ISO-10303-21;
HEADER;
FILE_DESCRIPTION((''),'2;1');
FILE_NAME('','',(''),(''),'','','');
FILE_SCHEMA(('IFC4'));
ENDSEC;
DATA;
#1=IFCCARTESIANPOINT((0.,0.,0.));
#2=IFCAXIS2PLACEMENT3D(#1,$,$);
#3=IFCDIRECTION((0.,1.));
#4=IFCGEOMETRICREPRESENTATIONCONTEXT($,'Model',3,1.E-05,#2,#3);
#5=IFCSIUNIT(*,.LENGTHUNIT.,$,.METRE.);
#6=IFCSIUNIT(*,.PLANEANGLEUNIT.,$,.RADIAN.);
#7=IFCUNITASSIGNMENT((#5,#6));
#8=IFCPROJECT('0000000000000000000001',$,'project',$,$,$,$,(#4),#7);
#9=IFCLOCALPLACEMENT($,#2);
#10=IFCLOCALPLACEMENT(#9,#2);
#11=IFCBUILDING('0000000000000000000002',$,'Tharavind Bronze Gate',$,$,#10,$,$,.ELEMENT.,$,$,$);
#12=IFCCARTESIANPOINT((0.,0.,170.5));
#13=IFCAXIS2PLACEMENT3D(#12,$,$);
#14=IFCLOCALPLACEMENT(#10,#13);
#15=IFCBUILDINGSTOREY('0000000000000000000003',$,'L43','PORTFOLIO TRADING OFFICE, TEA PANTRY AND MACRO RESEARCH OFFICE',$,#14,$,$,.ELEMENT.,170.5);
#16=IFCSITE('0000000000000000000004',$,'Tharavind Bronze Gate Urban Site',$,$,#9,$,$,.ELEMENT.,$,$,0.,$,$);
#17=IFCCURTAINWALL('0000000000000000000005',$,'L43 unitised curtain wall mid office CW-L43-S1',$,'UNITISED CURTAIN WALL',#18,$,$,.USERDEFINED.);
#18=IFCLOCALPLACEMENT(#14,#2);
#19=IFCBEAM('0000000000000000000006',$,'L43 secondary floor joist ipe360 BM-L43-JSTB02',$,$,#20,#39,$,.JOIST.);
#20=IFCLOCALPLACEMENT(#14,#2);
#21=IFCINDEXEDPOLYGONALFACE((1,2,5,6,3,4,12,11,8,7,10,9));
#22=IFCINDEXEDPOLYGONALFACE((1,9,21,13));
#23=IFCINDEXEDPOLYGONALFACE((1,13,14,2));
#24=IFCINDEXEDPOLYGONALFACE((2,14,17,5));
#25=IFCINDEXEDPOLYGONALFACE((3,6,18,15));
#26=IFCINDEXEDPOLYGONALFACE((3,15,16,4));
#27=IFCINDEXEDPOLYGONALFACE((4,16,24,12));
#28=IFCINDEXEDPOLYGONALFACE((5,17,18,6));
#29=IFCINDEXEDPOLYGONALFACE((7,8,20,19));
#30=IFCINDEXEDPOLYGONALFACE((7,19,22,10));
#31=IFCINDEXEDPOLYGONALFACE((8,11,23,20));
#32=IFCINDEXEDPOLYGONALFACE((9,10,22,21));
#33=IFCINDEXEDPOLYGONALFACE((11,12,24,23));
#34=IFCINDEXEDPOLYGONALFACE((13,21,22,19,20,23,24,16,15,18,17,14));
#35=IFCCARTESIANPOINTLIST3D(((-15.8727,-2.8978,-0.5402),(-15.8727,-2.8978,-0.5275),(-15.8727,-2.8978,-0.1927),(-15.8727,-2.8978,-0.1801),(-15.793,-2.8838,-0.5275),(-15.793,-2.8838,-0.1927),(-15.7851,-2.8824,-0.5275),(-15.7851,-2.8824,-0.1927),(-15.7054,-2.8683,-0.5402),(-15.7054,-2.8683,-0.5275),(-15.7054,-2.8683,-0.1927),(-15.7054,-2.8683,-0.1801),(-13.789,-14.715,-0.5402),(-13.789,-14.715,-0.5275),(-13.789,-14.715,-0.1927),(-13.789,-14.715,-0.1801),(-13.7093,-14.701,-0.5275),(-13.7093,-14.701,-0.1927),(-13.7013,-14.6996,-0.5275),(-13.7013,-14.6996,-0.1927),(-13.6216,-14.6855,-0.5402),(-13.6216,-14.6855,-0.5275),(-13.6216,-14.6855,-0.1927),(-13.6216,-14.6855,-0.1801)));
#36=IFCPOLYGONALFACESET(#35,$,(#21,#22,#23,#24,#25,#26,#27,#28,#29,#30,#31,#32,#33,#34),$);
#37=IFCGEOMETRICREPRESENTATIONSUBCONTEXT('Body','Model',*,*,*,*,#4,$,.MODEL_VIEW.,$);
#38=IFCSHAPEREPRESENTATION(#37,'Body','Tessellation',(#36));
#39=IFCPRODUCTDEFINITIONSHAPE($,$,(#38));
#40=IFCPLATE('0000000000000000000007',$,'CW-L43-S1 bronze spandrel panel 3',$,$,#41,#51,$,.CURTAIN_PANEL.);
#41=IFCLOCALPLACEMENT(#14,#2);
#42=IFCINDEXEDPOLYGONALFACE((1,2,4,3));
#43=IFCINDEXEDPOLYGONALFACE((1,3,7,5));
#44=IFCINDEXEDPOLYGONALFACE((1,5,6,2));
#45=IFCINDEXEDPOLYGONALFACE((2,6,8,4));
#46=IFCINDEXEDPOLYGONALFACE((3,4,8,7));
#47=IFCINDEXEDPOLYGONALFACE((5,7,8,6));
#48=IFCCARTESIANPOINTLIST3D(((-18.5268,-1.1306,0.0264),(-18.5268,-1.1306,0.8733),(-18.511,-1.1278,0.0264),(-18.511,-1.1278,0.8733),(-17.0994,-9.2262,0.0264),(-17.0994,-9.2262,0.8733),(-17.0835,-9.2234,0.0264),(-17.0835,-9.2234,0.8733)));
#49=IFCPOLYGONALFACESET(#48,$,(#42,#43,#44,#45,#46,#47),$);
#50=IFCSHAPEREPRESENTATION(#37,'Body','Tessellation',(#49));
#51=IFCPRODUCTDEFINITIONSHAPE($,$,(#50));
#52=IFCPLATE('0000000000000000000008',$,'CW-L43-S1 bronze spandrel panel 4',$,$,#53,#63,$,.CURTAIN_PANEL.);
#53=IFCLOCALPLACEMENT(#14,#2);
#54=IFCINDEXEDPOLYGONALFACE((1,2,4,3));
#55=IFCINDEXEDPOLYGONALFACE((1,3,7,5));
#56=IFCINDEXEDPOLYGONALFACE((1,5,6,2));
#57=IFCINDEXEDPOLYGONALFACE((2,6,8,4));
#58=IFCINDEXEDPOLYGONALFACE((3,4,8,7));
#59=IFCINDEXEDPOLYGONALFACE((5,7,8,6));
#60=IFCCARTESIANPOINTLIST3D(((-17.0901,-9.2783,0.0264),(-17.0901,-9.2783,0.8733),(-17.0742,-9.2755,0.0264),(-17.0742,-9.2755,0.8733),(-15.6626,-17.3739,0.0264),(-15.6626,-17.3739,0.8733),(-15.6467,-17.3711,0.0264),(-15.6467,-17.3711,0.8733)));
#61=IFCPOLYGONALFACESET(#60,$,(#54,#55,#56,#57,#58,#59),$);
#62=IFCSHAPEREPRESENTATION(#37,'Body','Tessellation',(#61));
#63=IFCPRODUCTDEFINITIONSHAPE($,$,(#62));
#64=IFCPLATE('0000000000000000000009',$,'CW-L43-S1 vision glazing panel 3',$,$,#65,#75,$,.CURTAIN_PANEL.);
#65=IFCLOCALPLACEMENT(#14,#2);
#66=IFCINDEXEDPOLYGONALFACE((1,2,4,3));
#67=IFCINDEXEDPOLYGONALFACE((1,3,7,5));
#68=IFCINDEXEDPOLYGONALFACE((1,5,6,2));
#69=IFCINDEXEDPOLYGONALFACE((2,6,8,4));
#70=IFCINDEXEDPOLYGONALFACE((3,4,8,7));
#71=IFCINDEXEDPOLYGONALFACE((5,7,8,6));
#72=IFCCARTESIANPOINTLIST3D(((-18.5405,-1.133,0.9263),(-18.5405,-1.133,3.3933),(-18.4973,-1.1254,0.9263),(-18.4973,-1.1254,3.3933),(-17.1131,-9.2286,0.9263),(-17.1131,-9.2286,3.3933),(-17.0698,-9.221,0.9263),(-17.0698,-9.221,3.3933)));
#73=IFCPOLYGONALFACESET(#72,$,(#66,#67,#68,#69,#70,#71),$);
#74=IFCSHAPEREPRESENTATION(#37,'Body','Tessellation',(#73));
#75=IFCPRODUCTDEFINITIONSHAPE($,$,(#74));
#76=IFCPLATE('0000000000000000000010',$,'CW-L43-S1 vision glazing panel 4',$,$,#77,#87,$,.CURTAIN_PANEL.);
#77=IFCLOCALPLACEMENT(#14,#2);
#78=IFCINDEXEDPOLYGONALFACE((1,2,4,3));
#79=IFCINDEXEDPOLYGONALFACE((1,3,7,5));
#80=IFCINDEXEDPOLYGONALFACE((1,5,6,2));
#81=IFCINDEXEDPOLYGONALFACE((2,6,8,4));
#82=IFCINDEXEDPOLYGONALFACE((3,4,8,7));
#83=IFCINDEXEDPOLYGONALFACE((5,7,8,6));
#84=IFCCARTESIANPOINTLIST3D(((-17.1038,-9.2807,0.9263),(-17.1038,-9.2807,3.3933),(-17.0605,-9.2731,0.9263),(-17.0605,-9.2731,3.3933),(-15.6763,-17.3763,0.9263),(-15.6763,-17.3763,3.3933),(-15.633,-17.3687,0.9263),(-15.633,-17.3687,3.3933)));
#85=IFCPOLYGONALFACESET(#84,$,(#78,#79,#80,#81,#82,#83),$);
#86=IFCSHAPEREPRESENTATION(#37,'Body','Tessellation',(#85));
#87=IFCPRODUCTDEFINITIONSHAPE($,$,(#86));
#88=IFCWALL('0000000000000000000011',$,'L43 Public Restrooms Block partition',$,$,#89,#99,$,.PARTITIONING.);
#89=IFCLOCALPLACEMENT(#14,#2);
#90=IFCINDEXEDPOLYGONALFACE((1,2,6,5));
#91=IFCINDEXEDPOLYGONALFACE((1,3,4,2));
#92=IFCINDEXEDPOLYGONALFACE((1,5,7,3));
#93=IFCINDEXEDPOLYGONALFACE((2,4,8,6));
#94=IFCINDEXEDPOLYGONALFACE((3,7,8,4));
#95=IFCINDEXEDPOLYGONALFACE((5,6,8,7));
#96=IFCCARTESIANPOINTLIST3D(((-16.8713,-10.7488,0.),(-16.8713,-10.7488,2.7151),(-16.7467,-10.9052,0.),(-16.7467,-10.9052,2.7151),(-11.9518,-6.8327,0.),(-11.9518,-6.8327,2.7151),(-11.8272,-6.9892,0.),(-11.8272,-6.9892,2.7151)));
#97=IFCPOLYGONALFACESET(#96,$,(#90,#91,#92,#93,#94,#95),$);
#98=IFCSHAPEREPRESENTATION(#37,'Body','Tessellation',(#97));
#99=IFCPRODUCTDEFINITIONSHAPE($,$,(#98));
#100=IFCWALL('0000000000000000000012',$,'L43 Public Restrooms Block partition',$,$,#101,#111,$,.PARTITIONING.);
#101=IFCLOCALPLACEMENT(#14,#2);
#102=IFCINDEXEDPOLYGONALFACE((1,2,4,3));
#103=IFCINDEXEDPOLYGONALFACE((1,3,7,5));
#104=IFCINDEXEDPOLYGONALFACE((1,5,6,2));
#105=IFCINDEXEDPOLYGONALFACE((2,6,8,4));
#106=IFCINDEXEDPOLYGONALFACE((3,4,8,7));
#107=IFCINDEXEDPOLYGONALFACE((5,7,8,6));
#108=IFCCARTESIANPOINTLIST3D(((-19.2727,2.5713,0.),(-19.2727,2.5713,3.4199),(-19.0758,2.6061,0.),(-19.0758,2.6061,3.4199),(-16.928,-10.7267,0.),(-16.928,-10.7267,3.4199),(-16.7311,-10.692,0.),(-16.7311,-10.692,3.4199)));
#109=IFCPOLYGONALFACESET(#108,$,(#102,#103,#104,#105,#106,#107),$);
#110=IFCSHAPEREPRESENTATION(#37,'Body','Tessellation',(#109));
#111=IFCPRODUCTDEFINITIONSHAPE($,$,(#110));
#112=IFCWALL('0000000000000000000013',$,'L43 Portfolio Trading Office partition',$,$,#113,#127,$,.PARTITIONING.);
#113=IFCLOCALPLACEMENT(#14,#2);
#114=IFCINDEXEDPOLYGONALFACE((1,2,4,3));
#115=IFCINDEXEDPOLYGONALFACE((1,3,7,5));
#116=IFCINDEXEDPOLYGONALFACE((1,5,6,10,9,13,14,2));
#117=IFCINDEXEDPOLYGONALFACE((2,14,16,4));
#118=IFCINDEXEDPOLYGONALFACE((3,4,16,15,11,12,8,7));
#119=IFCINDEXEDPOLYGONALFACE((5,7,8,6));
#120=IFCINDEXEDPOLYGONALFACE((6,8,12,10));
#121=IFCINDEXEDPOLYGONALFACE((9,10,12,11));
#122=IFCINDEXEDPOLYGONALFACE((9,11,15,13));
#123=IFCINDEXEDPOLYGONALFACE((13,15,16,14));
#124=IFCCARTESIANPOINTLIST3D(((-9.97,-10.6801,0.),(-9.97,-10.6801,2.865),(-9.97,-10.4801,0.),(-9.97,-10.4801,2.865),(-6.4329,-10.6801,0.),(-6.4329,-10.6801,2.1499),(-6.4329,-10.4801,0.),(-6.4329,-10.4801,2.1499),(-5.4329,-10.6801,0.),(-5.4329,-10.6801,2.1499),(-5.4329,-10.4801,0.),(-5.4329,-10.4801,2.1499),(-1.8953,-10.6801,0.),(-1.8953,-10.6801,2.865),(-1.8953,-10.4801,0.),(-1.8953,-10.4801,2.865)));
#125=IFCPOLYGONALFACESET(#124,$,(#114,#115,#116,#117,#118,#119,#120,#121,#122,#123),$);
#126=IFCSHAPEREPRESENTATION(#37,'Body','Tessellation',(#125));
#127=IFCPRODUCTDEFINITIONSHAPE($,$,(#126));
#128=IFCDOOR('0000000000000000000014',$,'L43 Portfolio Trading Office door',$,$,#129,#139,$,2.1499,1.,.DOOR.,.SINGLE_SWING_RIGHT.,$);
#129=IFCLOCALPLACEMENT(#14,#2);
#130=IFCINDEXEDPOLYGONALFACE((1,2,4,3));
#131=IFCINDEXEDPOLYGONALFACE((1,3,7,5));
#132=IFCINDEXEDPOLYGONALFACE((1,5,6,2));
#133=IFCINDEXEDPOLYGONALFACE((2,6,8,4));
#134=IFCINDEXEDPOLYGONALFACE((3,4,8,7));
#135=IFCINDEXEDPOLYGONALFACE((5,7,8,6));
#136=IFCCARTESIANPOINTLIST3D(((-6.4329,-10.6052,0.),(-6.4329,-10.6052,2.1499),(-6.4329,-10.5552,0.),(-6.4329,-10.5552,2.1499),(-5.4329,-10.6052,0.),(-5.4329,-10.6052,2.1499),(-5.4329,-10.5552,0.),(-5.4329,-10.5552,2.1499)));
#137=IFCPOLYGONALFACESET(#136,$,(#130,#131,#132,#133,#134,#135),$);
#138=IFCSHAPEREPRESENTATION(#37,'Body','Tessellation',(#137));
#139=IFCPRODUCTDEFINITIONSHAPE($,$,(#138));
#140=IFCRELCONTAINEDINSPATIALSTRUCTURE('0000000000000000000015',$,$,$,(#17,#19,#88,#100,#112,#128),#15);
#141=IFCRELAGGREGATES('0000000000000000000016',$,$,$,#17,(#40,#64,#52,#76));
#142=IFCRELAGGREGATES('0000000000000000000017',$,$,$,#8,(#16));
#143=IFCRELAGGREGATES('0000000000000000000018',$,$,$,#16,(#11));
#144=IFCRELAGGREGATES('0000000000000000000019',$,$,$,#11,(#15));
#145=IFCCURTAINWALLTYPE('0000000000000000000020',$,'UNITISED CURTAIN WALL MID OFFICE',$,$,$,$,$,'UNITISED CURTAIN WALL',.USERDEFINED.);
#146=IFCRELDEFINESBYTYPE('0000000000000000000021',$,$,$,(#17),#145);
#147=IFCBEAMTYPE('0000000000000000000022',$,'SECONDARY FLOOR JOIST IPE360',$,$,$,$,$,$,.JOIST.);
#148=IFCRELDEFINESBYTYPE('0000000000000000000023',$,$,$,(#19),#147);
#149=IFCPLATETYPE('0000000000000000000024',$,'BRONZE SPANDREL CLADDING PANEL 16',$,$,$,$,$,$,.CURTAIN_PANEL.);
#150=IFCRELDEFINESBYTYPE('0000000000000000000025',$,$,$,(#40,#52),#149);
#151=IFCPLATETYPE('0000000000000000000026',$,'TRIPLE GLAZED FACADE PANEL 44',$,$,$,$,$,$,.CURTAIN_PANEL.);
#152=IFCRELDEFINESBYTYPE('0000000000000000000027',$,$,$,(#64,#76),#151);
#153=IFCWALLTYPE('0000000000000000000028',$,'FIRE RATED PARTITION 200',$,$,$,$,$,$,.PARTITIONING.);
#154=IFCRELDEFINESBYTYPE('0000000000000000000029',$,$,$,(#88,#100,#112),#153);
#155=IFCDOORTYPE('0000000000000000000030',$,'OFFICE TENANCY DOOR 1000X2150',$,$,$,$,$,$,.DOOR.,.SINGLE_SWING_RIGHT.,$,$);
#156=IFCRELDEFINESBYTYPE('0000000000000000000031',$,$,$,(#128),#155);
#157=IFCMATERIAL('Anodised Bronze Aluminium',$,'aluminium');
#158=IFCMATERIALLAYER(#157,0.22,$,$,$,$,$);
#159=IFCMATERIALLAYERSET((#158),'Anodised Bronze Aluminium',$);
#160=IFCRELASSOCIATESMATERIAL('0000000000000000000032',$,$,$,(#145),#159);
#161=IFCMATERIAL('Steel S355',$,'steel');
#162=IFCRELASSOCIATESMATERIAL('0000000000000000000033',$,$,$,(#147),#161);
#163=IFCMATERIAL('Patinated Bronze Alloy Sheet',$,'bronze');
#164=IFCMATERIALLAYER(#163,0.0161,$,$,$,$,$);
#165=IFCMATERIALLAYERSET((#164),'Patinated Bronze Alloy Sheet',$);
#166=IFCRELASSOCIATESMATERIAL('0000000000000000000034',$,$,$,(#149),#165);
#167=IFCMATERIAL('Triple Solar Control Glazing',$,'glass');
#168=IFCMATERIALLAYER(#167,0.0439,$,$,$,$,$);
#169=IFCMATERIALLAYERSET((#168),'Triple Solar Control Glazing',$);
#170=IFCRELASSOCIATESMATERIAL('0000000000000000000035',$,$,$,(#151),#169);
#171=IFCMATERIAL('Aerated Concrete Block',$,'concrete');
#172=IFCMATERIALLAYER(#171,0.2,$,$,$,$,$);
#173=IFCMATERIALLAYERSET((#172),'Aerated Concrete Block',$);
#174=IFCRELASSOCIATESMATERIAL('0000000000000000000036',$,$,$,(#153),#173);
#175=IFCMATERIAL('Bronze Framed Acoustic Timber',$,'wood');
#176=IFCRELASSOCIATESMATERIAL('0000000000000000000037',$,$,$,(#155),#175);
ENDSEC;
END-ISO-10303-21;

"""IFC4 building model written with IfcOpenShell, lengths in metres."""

from ifc_helpers import new_model, si_unit, direction, frame, frame_2d, origin, origin_2d, place, context, subcontext, project, spatial, rectangle, i_section, extrude, material, layer, layer_set, material_profile, profile_set, type_object, element, fill, aggregate, save


model = new_model("IFC4")

# Units and contexts
model_context = context("Model", 3, precision=1e-05, world=origin(), true_north=direction((0.0, 1.0)))
body_context = subcontext(model_context, "Body", "Model", "MODEL_VIEW")
ifc_project = project(units=[si_unit("LENGTHUNIT", "METRE"), si_unit("PLANEANGLEUNIT", "RADIAN")], contexts=[model_context])

# Site, building, storey
site_placement = place(None, origin())
site = spatial("IfcSite", under=ifc_project, at=site_placement, Name="Tharavind Bronze Gate Urban Site", CompositionType="ELEMENT", RefElevation=0.0)
building_placement = place(site_placement, origin())
building = spatial("IfcBuilding", under=site, at=building_placement, Name="Tharavind Bronze Gate", CompositionType="ELEMENT")
storey_placement = place(building_placement, frame((0.0, 0.0, 170.5)))
storey = spatial("IfcBuildingStorey", under=building, at=storey_placement, Name="L43", Description="PORTFOLIO TRADING OFFICE, TEA PANTRY AND MACRO RESEARCH OFFICE", CompositionType="ELEMENT", Elevation=170.5)

# Curtain wall
ifc_material_1 = material(Name="Anodised Bronze Aluminium", Category="aluminium")
ifc_layer_1 = layer(ifc_material_1, 0.22)
ifc_layer_set_1 = layer_set([ifc_layer_1], Name="Anodised Bronze Aluminium")
curtain_wall_type = type_object("IfcCurtainWallType", Name="UNITISED CURTAIN WALL MID OFFICE", ElementType="UNITISED CURTAIN WALL", PredefinedType="USERDEFINED", material=ifc_layer_set_1)
curtain_wall_placement = place(storey_placement, origin())
curtain_wall = element("IfcCurtainWall", 1, at=curtain_wall_placement, inside=storey, type_object=curtain_wall_type, Name="L43 unitised curtain wall mid office CW-L43-S1", ObjectType="UNITISED CURTAIN WALL", PredefinedType="USERDEFINED")

# Beam
ifc_material_2 = material(Name="Steel S355", Category="steel")
ifc_material_profile_1 = material_profile(ifc_material_2, i_section(OverallWidth=0.1699, OverallDepth=0.3601, WebThickness=0.0081, FlangeThickness=0.0127, at=origin_2d()), Name="IPE360")
ifc_profile_set_1 = profile_set([ifc_material_profile_1], Name="Steel S355")
beam_type_1 = type_object("IfcBeamType", Name="SECONDARY FLOOR JOIST IPE360", PredefinedType="JOIST", material=ifc_profile_set_1)
beam_1_placement = place(storey_placement, frame((-15.7891, -2.8831, -0.3601), z_axis=(0.173653, -0.984807, 0.0), x_axis=(0.984807, 0.173653, 0.0)))
element("IfcBeam", 2, at=beam_1_placement, inside=storey, type_object=beam_type_1, Name="L43 secondary floor joist ipe360 BM-L43-JSTB02", PredefinedType="JOIST", context=body_context, shape_type="SweptSolid", body=[
    extrude(i_section(OverallWidth=0.1699, OverallDepth=0.3601, WebThickness=0.0081, FlangeThickness=0.0127, at=origin_2d()), origin(), (0.0, 0.0, 1.0), 11.9995),
])

# Plates
ifc_material_3 = material(Name="Patinated Bronze Alloy Sheet", Category="bronze")
ifc_layer_2 = layer(ifc_material_3, 0.0161)
ifc_layer_set_2 = layer_set([ifc_layer_2], Name="Patinated Bronze Alloy Sheet")
plate_type_1 = type_object("IfcPlateType", Name="BRONZE SPANDREL CLADDING PANEL 16", PredefinedType="CURTAIN_PANEL", material=ifc_layer_set_2)
plate_1_placement = place(storey_placement, frame((-17.8052, -5.177, 0.0264), z_axis=(0.0, 0.0, 1.0), x_axis=(0.173648, -0.984808, 0.0)))
plate_1 = element("IfcPlate", 3, at=plate_1_placement, type_object=plate_type_1, Name="CW-L43-S1 bronze spandrel panel 3", PredefinedType="CURTAIN_PANEL", context=body_context, shape_type="SweptSolid", body=[
    extrude(rectangle(XDim=8.2205, YDim=0.0161, at=origin_2d()), origin(), (0.0, 0.0, 1.0), 0.8469),
])
plate_2_placement = place(storey_placement, frame((-16.3684, -13.3247, 0.0264), z_axis=(0.0, 0.0, 1.0), x_axis=(0.173648, -0.984808, 0.0)))
plate_2 = element("IfcPlate", 4, at=plate_2_placement, type_object=plate_type_1, Name="CW-L43-S1 bronze spandrel panel 4", PredefinedType="CURTAIN_PANEL", context=body_context, shape_type="SweptSolid", body=[
    extrude(rectangle(XDim=8.2205, YDim=0.0161, at=origin_2d()), origin(), (0.0, 0.0, 1.0), 0.8469),
])
ifc_material_4 = material(Name="Triple Solar Control Glazing", Category="glass")
ifc_layer_3 = layer(ifc_material_4, 0.0439)
ifc_layer_set_3 = layer_set([ifc_layer_3], Name="Triple Solar Control Glazing")
plate_type_2 = type_object("IfcPlateType", Name="TRIPLE GLAZED FACADE PANEL 44", PredefinedType="CURTAIN_PANEL", material=ifc_layer_set_3)
plate_3_placement = place(storey_placement, frame((-17.8052, -5.177, 0.9263), z_axis=(0.0, 0.0, 1.0), x_axis=(0.173648, -0.984808, 0.0)))
plate_3 = element("IfcPlate", 5, at=plate_3_placement, type_object=plate_type_2, Name="CW-L43-S1 vision glazing panel 3", PredefinedType="CURTAIN_PANEL", context=body_context, shape_type="SweptSolid", body=[
    extrude(rectangle(XDim=8.2205, YDim=0.0439, at=origin_2d()), origin(), (0.0, 0.0, 1.0), 2.467),
])
plate_4_placement = place(storey_placement, frame((-16.3684, -13.3247, 0.9263), z_axis=(0.0, 0.0, 1.0), x_axis=(0.173648, -0.984808, 0.0)))
plate_4 = element("IfcPlate", 6, at=plate_4_placement, type_object=plate_type_2, Name="CW-L43-S1 vision glazing panel 4", PredefinedType="CURTAIN_PANEL", context=body_context, shape_type="SweptSolid", body=[
    extrude(rectangle(XDim=8.2205, YDim=0.0439, at=origin_2d()), origin(), (0.0, 0.0, 1.0), 2.467),
])
aggregate(curtain_wall, [plate_1, plate_3, plate_2, plate_4])

# Walls
ifc_material_5 = material(Name="Aerated Concrete Block", Category="concrete")
ifc_layer_4 = layer(ifc_material_5, 0.2)
ifc_layer_set_4 = layer_set([ifc_layer_4], Name="Aerated Concrete Block")
wall_type = type_object("IfcWallType", Name="FIRE RATED PARTITION 200", PredefinedType="PARTITIONING", material=ifc_layer_set_4)
wall_1_placement = place(storey_placement, frame((-11.8894, -6.9109, 0.0), z_axis=(0.0, 0.0, 1.0), x_axis=(-0.782382, -0.622799, 0.0)))
element("IfcWall", 7, at=wall_1_placement, inside=storey, type_object=wall_type, Name="L43 Public Restrooms Block partition", PredefinedType="PARTITIONING", context=body_context, shape_type="SweptSolid", body=[
    extrude(rectangle(XDim=6.2878, YDim=0.2, at=frame_2d((3.144, 0.0))), origin(), (0.0, 0.0, 1.0), 2.7151),
])
wall_2_placement = place(storey_placement, frame((-16.8296, -10.7092, 0.0), z_axis=(0.0, 0.0, 1.0), x_axis=(-0.173642, 0.984809, 0.0)))
element("IfcWall", 8, at=wall_2_placement, inside=storey, type_object=wall_type, Name="L43 Public Restrooms Block partition", PredefinedType="PARTITIONING", context=body_context, shape_type="SweptSolid", body=[
    extrude(rectangle(XDim=13.5032, YDim=0.2, at=frame_2d((6.7515, 0.0))), origin(), (0.0, 0.0, 1.0), 3.4199),
])

# Wall, opening, door
wall_3_placement = place(storey_placement, frame((-9.97, -10.5801, 0.0), z_axis=(0.0, 0.0, 1.0), x_axis=(1.0, 0.0, 0.0)))
wall_3 = element("IfcWall", 9, at=wall_3_placement, inside=storey, type_object=wall_type, Name="L43 Portfolio Trading Office partition", PredefinedType="PARTITIONING", context=body_context, shape_type="SweptSolid", body=[
    extrude(rectangle(XDim=8.0747, YDim=0.2, at=frame_2d((4.0374, 0.0))), origin(), (0.0, 0.0, 1.0), 2.865),
])
opening_placement = place(wall_3_placement, frame((3.5371, 0.0, 0.0)))
opening = element("IfcOpeningElement", 10, at=opening_placement, cuts=wall_3, PredefinedType="OPENING", context=body_context, shape_type="SweptSolid", body=[
    extrude(rectangle(XDim=1.0, YDim=2.1499, at=frame_2d((0.5, 1.075))), frame((0.0, 0.1101, 0.0), z_axis=(0.0, -1.0, 0.0), x_axis=(1.0, 0.0, 0.0)), (0.0, 0.0, 1.0), 0.22),
])
ifc_material_6 = material(Name="Bronze Framed Acoustic Timber", Category="wood")
door_type = type_object("IfcDoorType", Name="OFFICE TENANCY DOOR 1000X2150", OperationType="SINGLE_SWING_RIGHT", PredefinedType="DOOR", material=ifc_material_6)
door_placement = place(opening_placement, origin())
door = element("IfcDoor", 11, at=door_placement, inside=storey, type_object=door_type, Name="L43 Portfolio Trading Office door", OperationType="SINGLE_SWING_RIGHT", OverallHeight=2.1499, OverallWidth=1.0, PredefinedType="DOOR", context=body_context, shape_type="SweptSolid", body=[
    extrude(rectangle(XDim=1.0, YDim=2.1499, at=frame_2d((0.5, 1.075))), frame((0.0, 0.0249, 0.0), z_axis=(0.0, -1.0, 0.0), x_axis=(1.0, 0.0, 0.0)), (0.0, 0.0, 1.0), 0.05),
])
fill(opening, door)

save(model, "model.ifc")
